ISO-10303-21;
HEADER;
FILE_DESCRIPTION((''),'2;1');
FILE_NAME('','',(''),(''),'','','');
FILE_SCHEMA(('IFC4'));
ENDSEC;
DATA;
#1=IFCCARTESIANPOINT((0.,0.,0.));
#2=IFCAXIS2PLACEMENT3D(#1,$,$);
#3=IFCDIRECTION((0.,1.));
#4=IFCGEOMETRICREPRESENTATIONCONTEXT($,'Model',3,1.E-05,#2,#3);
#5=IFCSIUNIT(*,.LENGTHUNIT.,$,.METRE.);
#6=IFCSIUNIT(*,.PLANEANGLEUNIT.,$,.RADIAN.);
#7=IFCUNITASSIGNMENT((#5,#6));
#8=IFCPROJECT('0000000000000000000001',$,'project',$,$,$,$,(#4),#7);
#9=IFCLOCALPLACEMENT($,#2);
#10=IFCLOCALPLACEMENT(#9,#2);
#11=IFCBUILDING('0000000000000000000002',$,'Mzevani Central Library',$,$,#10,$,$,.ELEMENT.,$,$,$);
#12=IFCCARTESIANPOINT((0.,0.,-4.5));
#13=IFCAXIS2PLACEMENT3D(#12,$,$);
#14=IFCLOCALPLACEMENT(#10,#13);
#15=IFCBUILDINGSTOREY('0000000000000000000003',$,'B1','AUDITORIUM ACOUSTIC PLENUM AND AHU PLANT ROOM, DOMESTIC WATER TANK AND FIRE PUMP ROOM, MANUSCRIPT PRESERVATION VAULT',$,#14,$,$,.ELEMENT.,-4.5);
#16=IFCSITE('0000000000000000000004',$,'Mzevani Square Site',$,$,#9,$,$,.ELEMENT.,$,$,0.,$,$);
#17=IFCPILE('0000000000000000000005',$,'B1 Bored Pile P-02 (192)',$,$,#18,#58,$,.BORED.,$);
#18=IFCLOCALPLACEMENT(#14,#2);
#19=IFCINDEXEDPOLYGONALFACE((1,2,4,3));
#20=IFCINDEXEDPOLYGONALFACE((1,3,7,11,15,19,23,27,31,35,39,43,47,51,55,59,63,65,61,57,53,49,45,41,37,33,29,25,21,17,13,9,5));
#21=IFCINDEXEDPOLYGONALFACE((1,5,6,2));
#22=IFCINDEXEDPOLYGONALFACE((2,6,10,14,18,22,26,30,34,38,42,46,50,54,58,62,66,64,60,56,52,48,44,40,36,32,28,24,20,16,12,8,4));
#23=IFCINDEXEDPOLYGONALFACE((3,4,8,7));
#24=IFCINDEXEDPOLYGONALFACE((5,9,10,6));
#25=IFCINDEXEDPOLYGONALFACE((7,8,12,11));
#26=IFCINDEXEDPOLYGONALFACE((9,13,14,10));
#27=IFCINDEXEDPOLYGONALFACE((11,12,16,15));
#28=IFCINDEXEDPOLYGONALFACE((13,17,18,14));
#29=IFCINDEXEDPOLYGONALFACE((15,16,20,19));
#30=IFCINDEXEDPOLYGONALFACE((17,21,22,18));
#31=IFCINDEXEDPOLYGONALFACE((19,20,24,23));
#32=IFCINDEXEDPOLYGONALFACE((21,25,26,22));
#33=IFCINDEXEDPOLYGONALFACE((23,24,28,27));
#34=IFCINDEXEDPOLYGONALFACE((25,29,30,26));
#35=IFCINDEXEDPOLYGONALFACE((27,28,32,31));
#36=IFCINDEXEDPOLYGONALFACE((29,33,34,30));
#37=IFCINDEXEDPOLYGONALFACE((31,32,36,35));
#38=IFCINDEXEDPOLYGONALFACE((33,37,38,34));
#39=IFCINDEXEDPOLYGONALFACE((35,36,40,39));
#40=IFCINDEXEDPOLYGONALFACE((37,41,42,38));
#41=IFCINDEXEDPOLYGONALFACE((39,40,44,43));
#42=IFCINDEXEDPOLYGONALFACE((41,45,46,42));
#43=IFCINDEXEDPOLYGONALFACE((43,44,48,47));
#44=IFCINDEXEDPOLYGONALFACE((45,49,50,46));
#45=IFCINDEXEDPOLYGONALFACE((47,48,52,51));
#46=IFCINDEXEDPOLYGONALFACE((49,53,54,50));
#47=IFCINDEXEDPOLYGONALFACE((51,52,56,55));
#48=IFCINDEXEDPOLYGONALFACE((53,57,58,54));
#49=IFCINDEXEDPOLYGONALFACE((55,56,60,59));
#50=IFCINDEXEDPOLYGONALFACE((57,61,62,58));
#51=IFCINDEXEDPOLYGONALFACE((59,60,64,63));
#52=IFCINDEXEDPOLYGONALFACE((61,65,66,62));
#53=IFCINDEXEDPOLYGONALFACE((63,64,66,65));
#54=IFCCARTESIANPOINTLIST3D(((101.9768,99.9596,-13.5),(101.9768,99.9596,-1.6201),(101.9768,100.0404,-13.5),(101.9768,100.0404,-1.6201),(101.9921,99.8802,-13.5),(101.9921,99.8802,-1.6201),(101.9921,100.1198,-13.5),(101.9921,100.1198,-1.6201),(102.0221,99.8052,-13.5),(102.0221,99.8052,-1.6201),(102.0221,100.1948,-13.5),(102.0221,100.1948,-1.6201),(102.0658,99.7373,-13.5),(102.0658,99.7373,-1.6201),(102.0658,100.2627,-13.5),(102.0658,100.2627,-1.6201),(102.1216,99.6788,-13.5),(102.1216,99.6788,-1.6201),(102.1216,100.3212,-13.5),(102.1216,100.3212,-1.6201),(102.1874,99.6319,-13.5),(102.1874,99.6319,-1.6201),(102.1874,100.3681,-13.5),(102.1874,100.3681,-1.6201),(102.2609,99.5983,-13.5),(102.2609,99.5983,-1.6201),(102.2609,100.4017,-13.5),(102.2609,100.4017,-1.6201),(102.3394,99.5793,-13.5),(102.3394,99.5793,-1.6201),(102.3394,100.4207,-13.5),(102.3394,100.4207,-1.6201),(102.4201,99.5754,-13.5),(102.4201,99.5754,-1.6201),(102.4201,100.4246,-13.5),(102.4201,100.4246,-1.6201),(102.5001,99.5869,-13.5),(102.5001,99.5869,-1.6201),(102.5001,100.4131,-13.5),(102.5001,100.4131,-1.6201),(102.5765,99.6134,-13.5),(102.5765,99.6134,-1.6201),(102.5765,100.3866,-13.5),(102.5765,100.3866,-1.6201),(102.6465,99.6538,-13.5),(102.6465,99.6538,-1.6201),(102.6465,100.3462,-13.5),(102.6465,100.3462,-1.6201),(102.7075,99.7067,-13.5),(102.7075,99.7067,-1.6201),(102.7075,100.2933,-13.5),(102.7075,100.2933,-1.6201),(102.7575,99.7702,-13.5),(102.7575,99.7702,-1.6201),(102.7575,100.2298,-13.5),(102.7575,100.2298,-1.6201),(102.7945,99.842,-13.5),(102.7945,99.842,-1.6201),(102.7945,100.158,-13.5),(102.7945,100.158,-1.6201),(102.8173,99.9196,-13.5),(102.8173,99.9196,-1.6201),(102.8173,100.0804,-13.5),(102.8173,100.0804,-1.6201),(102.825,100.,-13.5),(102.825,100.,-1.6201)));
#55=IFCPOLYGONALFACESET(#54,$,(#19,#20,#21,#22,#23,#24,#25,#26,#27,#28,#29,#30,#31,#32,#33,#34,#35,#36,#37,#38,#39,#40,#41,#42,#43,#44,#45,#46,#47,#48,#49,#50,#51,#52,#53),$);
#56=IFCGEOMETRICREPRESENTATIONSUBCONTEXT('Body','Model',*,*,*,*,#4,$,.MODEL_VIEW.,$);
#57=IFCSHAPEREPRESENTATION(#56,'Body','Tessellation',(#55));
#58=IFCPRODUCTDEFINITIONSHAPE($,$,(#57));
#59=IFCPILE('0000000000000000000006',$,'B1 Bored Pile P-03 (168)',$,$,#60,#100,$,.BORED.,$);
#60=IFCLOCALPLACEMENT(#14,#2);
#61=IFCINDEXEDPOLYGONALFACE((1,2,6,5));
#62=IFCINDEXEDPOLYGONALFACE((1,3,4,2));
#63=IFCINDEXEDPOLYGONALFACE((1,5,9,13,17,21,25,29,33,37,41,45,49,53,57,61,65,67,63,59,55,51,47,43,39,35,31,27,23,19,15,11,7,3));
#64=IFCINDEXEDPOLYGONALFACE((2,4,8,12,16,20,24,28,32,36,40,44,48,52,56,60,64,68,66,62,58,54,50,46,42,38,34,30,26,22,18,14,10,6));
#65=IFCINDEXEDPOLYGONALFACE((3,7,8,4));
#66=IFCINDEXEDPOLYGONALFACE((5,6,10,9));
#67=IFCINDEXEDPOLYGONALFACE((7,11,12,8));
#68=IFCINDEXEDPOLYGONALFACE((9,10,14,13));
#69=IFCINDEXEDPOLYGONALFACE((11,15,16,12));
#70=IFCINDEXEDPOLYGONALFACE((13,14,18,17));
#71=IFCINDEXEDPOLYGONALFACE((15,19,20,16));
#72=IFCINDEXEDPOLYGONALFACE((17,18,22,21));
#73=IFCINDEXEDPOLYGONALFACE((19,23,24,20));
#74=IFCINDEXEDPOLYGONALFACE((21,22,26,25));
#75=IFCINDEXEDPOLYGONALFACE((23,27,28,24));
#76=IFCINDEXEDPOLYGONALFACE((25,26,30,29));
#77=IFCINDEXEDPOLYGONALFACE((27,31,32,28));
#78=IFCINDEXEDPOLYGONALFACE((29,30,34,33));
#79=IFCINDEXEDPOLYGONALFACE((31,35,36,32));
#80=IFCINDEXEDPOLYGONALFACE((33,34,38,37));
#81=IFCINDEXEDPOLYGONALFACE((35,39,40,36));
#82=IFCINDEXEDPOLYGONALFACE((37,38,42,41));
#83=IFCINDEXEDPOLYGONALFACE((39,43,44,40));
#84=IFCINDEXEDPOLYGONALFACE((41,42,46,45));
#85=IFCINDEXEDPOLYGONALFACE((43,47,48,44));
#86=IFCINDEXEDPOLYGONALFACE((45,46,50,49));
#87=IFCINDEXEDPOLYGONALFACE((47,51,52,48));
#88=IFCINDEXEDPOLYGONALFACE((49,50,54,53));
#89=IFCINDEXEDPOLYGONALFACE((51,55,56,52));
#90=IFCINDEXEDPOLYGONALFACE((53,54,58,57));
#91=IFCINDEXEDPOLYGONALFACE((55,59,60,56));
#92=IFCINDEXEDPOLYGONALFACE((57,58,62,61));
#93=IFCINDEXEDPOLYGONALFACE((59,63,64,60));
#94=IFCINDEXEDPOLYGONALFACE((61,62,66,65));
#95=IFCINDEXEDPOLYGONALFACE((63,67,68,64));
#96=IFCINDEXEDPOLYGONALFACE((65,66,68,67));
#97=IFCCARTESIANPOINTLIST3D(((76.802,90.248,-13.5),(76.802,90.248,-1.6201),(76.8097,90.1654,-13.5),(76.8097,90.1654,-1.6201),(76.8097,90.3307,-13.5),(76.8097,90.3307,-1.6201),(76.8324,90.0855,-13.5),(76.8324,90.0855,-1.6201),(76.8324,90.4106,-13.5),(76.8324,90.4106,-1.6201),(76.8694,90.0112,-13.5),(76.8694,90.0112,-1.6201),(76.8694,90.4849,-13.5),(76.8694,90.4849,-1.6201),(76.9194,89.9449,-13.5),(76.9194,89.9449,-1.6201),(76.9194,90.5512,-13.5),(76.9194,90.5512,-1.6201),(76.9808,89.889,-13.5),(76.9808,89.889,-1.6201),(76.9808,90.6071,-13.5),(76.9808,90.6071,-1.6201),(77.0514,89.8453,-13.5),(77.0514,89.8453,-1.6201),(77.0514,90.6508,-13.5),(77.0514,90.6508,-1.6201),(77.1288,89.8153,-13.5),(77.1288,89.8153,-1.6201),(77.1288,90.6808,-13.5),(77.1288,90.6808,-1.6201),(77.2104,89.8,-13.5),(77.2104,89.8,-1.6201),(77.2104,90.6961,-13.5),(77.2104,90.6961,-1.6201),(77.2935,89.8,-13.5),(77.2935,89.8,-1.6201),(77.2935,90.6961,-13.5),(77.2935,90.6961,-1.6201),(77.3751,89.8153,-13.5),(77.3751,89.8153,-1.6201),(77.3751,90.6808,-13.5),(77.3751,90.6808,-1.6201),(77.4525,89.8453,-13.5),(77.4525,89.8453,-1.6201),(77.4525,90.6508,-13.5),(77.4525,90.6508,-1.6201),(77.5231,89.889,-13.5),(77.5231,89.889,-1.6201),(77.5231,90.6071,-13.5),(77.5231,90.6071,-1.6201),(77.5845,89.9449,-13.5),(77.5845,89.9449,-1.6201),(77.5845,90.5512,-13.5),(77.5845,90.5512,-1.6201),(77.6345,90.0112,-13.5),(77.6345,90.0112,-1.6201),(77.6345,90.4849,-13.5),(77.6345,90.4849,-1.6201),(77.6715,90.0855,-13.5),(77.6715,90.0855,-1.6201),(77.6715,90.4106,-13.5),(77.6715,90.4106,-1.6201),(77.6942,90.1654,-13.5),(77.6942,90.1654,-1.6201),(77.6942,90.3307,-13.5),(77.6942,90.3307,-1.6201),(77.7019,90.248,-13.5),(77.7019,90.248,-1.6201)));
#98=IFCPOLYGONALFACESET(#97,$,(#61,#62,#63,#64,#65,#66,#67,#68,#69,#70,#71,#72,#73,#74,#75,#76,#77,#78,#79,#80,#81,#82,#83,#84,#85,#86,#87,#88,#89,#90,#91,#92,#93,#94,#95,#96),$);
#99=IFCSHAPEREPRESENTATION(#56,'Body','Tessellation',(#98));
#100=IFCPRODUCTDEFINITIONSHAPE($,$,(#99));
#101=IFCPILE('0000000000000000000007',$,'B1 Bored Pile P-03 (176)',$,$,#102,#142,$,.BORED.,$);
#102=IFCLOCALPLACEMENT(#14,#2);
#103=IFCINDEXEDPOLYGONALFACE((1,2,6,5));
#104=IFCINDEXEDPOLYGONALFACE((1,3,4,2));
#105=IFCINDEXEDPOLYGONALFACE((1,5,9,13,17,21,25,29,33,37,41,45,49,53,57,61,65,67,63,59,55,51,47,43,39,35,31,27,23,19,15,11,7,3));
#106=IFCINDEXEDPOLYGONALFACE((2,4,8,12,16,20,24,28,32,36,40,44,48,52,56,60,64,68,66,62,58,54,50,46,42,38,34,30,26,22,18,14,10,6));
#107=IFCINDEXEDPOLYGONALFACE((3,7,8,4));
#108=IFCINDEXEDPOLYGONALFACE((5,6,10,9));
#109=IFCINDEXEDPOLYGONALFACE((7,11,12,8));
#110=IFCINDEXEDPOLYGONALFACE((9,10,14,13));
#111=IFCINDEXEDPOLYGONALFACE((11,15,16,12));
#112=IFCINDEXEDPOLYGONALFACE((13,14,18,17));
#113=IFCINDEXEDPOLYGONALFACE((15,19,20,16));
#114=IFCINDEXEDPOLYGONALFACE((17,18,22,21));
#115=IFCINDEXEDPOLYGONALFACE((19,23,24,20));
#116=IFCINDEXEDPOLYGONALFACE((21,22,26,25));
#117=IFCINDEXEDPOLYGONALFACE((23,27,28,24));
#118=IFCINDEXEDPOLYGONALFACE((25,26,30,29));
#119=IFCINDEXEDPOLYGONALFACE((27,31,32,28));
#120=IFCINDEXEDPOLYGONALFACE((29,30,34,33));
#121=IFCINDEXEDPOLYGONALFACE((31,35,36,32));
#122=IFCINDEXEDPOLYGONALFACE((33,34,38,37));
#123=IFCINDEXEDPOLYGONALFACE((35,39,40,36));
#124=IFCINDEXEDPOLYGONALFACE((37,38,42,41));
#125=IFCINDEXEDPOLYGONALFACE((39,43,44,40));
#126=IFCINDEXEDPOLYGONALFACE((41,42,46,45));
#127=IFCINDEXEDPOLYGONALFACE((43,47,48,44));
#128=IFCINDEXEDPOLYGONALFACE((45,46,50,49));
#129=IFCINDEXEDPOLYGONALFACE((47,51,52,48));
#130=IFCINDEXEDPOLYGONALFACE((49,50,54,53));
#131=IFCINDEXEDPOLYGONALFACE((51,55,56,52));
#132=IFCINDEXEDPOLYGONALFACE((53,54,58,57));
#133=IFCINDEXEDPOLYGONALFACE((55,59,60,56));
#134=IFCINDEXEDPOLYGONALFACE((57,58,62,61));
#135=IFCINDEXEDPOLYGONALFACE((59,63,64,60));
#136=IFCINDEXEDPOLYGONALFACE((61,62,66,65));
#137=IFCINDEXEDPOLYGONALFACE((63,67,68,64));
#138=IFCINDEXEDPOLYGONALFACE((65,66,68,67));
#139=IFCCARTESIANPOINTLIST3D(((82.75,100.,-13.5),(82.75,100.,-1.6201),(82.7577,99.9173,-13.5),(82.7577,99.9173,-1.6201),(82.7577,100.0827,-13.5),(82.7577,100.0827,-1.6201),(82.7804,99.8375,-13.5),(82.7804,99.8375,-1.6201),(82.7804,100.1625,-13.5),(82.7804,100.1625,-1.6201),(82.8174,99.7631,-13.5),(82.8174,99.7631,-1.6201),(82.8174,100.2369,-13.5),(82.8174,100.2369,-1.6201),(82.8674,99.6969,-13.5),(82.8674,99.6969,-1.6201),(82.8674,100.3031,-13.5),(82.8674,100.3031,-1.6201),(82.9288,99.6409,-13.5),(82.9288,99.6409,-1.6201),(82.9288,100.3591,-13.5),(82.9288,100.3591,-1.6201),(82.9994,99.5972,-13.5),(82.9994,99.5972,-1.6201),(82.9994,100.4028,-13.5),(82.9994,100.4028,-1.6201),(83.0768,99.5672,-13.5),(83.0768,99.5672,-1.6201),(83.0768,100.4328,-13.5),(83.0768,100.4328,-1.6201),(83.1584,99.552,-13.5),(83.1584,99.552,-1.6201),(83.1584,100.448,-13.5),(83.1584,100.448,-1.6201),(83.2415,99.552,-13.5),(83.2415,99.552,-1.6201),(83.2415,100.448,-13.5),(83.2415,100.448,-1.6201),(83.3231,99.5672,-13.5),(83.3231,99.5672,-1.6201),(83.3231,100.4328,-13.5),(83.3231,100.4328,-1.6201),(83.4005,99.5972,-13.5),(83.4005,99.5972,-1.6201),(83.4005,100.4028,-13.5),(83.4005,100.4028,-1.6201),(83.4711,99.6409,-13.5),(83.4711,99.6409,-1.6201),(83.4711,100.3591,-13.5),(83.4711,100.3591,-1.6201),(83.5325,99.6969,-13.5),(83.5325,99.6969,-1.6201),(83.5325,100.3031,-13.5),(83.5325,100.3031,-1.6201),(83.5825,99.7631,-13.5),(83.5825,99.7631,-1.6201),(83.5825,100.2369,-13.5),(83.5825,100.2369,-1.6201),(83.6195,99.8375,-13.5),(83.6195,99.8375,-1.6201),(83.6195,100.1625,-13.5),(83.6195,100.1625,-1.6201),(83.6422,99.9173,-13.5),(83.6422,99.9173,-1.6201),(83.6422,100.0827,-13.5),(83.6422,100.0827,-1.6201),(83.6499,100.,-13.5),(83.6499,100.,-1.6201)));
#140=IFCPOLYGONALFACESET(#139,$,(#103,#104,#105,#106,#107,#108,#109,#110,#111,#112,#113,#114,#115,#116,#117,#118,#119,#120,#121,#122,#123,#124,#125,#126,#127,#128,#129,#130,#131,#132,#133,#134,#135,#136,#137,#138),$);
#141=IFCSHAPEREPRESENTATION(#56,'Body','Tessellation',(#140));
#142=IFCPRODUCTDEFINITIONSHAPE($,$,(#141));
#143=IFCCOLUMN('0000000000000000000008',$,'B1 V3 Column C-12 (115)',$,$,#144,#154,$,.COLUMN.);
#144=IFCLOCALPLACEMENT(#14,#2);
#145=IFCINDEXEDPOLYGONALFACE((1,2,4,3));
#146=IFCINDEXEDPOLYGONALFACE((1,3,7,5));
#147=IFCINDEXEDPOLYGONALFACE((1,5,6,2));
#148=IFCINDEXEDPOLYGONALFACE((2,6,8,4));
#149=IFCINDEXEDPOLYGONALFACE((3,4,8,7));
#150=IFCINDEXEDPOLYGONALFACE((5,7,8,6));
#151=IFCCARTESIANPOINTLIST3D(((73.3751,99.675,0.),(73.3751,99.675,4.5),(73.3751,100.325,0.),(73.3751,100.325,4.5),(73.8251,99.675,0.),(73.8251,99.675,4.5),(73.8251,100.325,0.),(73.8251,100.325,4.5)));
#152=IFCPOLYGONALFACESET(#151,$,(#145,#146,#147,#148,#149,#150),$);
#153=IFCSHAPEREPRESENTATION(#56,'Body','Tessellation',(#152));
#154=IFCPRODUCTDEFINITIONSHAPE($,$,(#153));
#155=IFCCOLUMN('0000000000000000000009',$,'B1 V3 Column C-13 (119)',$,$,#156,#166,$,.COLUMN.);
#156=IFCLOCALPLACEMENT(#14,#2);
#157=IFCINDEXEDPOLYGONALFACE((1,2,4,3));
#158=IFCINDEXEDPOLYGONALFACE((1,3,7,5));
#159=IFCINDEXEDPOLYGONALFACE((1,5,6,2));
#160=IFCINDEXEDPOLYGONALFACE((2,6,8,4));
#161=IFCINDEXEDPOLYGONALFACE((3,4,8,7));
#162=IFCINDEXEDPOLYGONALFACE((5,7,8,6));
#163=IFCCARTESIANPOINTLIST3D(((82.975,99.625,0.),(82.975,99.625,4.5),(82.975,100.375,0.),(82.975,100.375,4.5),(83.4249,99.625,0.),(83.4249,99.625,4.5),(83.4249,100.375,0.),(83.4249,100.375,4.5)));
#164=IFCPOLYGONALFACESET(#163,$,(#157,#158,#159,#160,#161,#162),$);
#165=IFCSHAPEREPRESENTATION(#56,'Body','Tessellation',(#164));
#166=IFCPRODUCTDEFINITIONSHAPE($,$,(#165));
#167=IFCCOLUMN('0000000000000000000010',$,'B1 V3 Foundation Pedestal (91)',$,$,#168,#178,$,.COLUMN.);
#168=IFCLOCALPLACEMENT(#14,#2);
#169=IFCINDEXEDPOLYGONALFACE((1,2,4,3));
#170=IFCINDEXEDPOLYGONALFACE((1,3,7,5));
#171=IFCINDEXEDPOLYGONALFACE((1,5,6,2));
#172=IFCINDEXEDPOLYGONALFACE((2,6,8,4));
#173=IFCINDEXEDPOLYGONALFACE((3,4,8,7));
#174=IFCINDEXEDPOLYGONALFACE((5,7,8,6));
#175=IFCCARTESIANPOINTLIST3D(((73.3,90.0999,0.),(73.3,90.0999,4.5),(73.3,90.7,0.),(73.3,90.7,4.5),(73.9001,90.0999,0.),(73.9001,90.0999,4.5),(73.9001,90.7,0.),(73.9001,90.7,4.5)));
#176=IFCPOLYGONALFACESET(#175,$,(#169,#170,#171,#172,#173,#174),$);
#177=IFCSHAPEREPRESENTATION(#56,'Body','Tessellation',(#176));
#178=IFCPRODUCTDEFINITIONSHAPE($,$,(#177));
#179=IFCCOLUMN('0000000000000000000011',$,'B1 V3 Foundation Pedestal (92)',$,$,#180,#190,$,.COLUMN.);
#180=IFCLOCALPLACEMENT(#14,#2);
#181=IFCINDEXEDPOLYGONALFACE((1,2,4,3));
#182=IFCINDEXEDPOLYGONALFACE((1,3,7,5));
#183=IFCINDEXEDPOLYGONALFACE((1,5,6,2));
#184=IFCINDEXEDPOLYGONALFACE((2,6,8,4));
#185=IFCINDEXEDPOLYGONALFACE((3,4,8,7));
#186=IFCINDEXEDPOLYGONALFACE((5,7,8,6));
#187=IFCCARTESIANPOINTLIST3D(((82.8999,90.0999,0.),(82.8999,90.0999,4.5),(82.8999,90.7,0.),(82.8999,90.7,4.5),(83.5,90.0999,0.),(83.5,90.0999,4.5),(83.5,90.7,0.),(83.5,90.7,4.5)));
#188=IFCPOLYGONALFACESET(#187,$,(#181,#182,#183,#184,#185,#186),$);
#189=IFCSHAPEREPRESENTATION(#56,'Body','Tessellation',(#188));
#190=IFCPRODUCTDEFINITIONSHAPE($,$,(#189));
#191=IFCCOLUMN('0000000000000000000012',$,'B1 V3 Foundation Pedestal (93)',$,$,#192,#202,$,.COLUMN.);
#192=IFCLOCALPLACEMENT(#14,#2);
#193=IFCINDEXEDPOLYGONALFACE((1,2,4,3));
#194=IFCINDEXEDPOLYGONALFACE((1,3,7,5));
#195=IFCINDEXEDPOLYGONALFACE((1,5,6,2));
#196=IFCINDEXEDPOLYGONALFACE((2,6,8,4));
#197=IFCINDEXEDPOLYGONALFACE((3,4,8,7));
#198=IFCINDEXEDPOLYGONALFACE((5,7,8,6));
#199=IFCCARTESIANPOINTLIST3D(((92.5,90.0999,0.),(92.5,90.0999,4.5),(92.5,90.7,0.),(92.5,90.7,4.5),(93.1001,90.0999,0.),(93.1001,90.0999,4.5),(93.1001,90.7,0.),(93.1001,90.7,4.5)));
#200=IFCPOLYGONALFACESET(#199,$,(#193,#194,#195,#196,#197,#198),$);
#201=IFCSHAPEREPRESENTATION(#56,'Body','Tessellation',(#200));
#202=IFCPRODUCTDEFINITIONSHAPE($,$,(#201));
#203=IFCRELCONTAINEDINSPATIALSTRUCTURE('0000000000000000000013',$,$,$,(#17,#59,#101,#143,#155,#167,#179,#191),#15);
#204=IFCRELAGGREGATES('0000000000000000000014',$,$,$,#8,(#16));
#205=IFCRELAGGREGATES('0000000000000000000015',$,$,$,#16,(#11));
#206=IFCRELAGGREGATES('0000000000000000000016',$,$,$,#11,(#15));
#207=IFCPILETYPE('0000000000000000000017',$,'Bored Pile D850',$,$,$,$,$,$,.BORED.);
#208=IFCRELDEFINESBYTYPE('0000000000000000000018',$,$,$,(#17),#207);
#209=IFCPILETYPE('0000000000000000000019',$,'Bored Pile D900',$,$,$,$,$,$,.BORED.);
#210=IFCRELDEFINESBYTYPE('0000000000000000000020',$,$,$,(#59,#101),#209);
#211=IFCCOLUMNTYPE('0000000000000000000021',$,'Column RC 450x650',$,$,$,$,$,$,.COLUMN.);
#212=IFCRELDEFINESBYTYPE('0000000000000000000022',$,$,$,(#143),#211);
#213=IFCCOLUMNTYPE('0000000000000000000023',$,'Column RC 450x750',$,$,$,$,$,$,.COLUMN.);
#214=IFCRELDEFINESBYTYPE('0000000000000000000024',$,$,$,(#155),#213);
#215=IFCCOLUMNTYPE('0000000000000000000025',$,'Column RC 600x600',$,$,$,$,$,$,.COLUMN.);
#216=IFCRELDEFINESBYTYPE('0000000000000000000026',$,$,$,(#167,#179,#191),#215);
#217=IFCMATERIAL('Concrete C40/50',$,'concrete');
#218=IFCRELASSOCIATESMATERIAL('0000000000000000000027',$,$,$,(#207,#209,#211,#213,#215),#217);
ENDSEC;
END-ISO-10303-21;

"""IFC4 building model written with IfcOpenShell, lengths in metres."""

from ifc_helpers import new_model, si_unit, direction, frame, origin, origin_2d, place, context, subcontext, project, spatial, rectangle, circle, extrude, material, material_profile, profile_set, type_object, element, save


model = new_model("IFC4")

# Units and contexts
model_context = context("Model", 3, precision=1e-05, world=origin(), true_north=direction((0.0, 1.0)))
body_context = subcontext(model_context, "Body", "Model", "MODEL_VIEW")
ifc_project = project(units=[si_unit("LENGTHUNIT", "METRE"), si_unit("PLANEANGLEUNIT", "RADIAN")], contexts=[model_context])

# Site, building, storey
site_placement = place(None, origin())
site = spatial("IfcSite", under=ifc_project, at=site_placement, Name="Mzevani Square Site", CompositionType="ELEMENT", RefElevation=0.0)
building_placement = place(site_placement, origin())
building = spatial("IfcBuilding", under=site, at=building_placement, Name="Mzevani Central Library", CompositionType="ELEMENT")
storey_placement = place(building_placement, frame((0.0, 0.0, -4.5)))
storey = spatial("IfcBuildingStorey", under=building, at=storey_placement, Name="B1", Description="AUDITORIUM ACOUSTIC PLENUM AND AHU PLANT ROOM, DOMESTIC WATER TANK AND FIRE PUMP ROOM, MANUSCRIPT PRESERVATION VAULT", CompositionType="ELEMENT", Elevation=-4.5)

# Piles
ifc_material_1 = material(Name="Concrete C40/50", Category="concrete")
ifc_material_profile_1 = material_profile(ifc_material_1, circle(Radius=0.425, at=origin_2d()), Name="PILE D850")
ifc_profile_set_1 = profile_set([ifc_material_profile_1], Name="Concrete C40/50")
pile_type_1 = type_object("IfcPileType", Name="Bored Pile D850", PredefinedType="BORED", material=ifc_profile_set_1)
pile_1_placement = place(storey_placement, frame((102.3999, 100.0, -1.6201), z_axis=(0.0, 0.0, -1.0), x_axis=(1.0, 0.0, 0.0)))
element("IfcPile", 1, at=pile_1_placement, inside=storey, type_object=pile_type_1, Name="B1 Bored Pile P-02 (192)", PredefinedType="BORED", context=body_context, shape_type="SweptSolid", body=[
    extrude(circle(Radius=0.425, at=origin_2d()), origin(), (0.0, 0.0, 1.0), 11.8799),
])
ifc_material_profile_2 = material_profile(ifc_material_1, circle(Radius=0.45, at=origin_2d()), Name="PILE D900")
ifc_profile_set_2 = profile_set([ifc_material_profile_2], Name="Concrete C40/50")
pile_type_2 = type_object("IfcPileType", Name="Bored Pile D900", PredefinedType="BORED", material=ifc_profile_set_2)
for number, where, z_axis, x_axis, name in (
    (2, (77.252, 90.248, -1.6201), (0.0, 0.0, -1.0), (1.0, 0.0, 0.0), "B1 Bored Pile P-03 (168)"),
    (3, (83.2, 100.0, -1.6201), (0.0, 0.0, -1.0), (1.0, 0.0, 0.0), "B1 Bored Pile P-03 (176)"),
):
    element("IfcPile", number, at=place(storey_placement, frame(where, z_axis=z_axis, x_axis=x_axis)), inside=storey, type_object=pile_type_2, Name=name, PredefinedType="BORED", context=body_context, shape_type="SweptSolid", body=[
        extrude(circle(Radius=0.45, at=origin_2d()), origin(), (0.0, 0.0, 1.0), 11.8799),
    ])

# Columns
ifc_material_profile_3 = material_profile(ifc_material_1, rectangle(XDim=0.45, YDim=0.6499, at=origin_2d()), Name="RC 450x650")
ifc_profile_set_3 = profile_set([ifc_material_profile_3], Name="Concrete C40/50")
column_type_1 = type_object("IfcColumnType", Name="Column RC 450x650", PredefinedType="COLUMN", material=ifc_profile_set_3)
column_1_placement = place(storey_placement, frame((73.6001, 100.0, 0.0), z_axis=(0.0, 0.0, 1.0), x_axis=(1.0, 0.0, 0.0)))
element("IfcColumn", 4, at=column_1_placement, inside=storey, type_object=column_type_1, Name="B1 V3 Column C-12 (115)", PredefinedType="COLUMN", context=body_context, shape_type="SweptSolid", body=[
    extrude(rectangle(XDim=0.45, YDim=0.6499, at=origin_2d()), origin(), (0.0, 0.0, 1.0), 4.5),
])
ifc_material_profile_4 = material_profile(ifc_material_1, rectangle(XDim=0.45, YDim=0.75, at=origin_2d()), Name="RC 450x750")
ifc_profile_set_4 = profile_set([ifc_material_profile_4], Name="Concrete C40/50")
column_type_2 = type_object("IfcColumnType", Name="Column RC 450x750", PredefinedType="COLUMN", material=ifc_profile_set_4)
column_2_placement = place(storey_placement, frame((83.2, 100.0, 0.0), z_axis=(0.0, 0.0, 1.0), x_axis=(1.0, 0.0, 0.0)))
element("IfcColumn", 5, at=column_2_placement, inside=storey, type_object=column_type_2, Name="B1 V3 Column C-13 (119)", PredefinedType="COLUMN", context=body_context, shape_type="SweptSolid", body=[
    extrude(rectangle(XDim=0.45, YDim=0.75, at=origin_2d()), origin(), (0.0, 0.0, 1.0), 4.5),
])
ifc_material_profile_5 = material_profile(ifc_material_1, rectangle(XDim=0.6001, YDim=0.6001, at=origin_2d()), Name="RC 600x600")
ifc_profile_set_5 = profile_set([ifc_material_profile_5], Name="Concrete C40/50")
column_type_3 = type_object("IfcColumnType", Name="Column RC 600x600", PredefinedType="COLUMN", material=ifc_profile_set_5)
for number, where, z_axis, x_axis, name in (
    (6, (73.6001, 90.3999, 0.0), (0.0, 0.0, 1.0), (1.0, 0.0, 0.0), "B1 V3 Foundation Pedestal (91)"),
    (7, (83.2, 90.3999, 0.0), (0.0, 0.0, 1.0), (1.0, 0.0, 0.0), "B1 V3 Foundation Pedestal (92)"),
    (8, (92.8, 90.3999, 0.0), (0.0, 0.0, 1.0), (1.0, 0.0, 0.0), "B1 V3 Foundation Pedestal (93)"),
):
    element("IfcColumn", number, at=place(storey_placement, frame(where, z_axis=z_axis, x_axis=x_axis)), inside=storey, type_object=column_type_3, Name=name, PredefinedType="COLUMN", context=body_context, shape_type="SweptSolid", body=[
        extrude(rectangle(XDim=0.6001, YDim=0.6001, at=origin_2d()), origin(), (0.0, 0.0, 1.0), 4.5),
    ])

save(model, "model.ifc")
